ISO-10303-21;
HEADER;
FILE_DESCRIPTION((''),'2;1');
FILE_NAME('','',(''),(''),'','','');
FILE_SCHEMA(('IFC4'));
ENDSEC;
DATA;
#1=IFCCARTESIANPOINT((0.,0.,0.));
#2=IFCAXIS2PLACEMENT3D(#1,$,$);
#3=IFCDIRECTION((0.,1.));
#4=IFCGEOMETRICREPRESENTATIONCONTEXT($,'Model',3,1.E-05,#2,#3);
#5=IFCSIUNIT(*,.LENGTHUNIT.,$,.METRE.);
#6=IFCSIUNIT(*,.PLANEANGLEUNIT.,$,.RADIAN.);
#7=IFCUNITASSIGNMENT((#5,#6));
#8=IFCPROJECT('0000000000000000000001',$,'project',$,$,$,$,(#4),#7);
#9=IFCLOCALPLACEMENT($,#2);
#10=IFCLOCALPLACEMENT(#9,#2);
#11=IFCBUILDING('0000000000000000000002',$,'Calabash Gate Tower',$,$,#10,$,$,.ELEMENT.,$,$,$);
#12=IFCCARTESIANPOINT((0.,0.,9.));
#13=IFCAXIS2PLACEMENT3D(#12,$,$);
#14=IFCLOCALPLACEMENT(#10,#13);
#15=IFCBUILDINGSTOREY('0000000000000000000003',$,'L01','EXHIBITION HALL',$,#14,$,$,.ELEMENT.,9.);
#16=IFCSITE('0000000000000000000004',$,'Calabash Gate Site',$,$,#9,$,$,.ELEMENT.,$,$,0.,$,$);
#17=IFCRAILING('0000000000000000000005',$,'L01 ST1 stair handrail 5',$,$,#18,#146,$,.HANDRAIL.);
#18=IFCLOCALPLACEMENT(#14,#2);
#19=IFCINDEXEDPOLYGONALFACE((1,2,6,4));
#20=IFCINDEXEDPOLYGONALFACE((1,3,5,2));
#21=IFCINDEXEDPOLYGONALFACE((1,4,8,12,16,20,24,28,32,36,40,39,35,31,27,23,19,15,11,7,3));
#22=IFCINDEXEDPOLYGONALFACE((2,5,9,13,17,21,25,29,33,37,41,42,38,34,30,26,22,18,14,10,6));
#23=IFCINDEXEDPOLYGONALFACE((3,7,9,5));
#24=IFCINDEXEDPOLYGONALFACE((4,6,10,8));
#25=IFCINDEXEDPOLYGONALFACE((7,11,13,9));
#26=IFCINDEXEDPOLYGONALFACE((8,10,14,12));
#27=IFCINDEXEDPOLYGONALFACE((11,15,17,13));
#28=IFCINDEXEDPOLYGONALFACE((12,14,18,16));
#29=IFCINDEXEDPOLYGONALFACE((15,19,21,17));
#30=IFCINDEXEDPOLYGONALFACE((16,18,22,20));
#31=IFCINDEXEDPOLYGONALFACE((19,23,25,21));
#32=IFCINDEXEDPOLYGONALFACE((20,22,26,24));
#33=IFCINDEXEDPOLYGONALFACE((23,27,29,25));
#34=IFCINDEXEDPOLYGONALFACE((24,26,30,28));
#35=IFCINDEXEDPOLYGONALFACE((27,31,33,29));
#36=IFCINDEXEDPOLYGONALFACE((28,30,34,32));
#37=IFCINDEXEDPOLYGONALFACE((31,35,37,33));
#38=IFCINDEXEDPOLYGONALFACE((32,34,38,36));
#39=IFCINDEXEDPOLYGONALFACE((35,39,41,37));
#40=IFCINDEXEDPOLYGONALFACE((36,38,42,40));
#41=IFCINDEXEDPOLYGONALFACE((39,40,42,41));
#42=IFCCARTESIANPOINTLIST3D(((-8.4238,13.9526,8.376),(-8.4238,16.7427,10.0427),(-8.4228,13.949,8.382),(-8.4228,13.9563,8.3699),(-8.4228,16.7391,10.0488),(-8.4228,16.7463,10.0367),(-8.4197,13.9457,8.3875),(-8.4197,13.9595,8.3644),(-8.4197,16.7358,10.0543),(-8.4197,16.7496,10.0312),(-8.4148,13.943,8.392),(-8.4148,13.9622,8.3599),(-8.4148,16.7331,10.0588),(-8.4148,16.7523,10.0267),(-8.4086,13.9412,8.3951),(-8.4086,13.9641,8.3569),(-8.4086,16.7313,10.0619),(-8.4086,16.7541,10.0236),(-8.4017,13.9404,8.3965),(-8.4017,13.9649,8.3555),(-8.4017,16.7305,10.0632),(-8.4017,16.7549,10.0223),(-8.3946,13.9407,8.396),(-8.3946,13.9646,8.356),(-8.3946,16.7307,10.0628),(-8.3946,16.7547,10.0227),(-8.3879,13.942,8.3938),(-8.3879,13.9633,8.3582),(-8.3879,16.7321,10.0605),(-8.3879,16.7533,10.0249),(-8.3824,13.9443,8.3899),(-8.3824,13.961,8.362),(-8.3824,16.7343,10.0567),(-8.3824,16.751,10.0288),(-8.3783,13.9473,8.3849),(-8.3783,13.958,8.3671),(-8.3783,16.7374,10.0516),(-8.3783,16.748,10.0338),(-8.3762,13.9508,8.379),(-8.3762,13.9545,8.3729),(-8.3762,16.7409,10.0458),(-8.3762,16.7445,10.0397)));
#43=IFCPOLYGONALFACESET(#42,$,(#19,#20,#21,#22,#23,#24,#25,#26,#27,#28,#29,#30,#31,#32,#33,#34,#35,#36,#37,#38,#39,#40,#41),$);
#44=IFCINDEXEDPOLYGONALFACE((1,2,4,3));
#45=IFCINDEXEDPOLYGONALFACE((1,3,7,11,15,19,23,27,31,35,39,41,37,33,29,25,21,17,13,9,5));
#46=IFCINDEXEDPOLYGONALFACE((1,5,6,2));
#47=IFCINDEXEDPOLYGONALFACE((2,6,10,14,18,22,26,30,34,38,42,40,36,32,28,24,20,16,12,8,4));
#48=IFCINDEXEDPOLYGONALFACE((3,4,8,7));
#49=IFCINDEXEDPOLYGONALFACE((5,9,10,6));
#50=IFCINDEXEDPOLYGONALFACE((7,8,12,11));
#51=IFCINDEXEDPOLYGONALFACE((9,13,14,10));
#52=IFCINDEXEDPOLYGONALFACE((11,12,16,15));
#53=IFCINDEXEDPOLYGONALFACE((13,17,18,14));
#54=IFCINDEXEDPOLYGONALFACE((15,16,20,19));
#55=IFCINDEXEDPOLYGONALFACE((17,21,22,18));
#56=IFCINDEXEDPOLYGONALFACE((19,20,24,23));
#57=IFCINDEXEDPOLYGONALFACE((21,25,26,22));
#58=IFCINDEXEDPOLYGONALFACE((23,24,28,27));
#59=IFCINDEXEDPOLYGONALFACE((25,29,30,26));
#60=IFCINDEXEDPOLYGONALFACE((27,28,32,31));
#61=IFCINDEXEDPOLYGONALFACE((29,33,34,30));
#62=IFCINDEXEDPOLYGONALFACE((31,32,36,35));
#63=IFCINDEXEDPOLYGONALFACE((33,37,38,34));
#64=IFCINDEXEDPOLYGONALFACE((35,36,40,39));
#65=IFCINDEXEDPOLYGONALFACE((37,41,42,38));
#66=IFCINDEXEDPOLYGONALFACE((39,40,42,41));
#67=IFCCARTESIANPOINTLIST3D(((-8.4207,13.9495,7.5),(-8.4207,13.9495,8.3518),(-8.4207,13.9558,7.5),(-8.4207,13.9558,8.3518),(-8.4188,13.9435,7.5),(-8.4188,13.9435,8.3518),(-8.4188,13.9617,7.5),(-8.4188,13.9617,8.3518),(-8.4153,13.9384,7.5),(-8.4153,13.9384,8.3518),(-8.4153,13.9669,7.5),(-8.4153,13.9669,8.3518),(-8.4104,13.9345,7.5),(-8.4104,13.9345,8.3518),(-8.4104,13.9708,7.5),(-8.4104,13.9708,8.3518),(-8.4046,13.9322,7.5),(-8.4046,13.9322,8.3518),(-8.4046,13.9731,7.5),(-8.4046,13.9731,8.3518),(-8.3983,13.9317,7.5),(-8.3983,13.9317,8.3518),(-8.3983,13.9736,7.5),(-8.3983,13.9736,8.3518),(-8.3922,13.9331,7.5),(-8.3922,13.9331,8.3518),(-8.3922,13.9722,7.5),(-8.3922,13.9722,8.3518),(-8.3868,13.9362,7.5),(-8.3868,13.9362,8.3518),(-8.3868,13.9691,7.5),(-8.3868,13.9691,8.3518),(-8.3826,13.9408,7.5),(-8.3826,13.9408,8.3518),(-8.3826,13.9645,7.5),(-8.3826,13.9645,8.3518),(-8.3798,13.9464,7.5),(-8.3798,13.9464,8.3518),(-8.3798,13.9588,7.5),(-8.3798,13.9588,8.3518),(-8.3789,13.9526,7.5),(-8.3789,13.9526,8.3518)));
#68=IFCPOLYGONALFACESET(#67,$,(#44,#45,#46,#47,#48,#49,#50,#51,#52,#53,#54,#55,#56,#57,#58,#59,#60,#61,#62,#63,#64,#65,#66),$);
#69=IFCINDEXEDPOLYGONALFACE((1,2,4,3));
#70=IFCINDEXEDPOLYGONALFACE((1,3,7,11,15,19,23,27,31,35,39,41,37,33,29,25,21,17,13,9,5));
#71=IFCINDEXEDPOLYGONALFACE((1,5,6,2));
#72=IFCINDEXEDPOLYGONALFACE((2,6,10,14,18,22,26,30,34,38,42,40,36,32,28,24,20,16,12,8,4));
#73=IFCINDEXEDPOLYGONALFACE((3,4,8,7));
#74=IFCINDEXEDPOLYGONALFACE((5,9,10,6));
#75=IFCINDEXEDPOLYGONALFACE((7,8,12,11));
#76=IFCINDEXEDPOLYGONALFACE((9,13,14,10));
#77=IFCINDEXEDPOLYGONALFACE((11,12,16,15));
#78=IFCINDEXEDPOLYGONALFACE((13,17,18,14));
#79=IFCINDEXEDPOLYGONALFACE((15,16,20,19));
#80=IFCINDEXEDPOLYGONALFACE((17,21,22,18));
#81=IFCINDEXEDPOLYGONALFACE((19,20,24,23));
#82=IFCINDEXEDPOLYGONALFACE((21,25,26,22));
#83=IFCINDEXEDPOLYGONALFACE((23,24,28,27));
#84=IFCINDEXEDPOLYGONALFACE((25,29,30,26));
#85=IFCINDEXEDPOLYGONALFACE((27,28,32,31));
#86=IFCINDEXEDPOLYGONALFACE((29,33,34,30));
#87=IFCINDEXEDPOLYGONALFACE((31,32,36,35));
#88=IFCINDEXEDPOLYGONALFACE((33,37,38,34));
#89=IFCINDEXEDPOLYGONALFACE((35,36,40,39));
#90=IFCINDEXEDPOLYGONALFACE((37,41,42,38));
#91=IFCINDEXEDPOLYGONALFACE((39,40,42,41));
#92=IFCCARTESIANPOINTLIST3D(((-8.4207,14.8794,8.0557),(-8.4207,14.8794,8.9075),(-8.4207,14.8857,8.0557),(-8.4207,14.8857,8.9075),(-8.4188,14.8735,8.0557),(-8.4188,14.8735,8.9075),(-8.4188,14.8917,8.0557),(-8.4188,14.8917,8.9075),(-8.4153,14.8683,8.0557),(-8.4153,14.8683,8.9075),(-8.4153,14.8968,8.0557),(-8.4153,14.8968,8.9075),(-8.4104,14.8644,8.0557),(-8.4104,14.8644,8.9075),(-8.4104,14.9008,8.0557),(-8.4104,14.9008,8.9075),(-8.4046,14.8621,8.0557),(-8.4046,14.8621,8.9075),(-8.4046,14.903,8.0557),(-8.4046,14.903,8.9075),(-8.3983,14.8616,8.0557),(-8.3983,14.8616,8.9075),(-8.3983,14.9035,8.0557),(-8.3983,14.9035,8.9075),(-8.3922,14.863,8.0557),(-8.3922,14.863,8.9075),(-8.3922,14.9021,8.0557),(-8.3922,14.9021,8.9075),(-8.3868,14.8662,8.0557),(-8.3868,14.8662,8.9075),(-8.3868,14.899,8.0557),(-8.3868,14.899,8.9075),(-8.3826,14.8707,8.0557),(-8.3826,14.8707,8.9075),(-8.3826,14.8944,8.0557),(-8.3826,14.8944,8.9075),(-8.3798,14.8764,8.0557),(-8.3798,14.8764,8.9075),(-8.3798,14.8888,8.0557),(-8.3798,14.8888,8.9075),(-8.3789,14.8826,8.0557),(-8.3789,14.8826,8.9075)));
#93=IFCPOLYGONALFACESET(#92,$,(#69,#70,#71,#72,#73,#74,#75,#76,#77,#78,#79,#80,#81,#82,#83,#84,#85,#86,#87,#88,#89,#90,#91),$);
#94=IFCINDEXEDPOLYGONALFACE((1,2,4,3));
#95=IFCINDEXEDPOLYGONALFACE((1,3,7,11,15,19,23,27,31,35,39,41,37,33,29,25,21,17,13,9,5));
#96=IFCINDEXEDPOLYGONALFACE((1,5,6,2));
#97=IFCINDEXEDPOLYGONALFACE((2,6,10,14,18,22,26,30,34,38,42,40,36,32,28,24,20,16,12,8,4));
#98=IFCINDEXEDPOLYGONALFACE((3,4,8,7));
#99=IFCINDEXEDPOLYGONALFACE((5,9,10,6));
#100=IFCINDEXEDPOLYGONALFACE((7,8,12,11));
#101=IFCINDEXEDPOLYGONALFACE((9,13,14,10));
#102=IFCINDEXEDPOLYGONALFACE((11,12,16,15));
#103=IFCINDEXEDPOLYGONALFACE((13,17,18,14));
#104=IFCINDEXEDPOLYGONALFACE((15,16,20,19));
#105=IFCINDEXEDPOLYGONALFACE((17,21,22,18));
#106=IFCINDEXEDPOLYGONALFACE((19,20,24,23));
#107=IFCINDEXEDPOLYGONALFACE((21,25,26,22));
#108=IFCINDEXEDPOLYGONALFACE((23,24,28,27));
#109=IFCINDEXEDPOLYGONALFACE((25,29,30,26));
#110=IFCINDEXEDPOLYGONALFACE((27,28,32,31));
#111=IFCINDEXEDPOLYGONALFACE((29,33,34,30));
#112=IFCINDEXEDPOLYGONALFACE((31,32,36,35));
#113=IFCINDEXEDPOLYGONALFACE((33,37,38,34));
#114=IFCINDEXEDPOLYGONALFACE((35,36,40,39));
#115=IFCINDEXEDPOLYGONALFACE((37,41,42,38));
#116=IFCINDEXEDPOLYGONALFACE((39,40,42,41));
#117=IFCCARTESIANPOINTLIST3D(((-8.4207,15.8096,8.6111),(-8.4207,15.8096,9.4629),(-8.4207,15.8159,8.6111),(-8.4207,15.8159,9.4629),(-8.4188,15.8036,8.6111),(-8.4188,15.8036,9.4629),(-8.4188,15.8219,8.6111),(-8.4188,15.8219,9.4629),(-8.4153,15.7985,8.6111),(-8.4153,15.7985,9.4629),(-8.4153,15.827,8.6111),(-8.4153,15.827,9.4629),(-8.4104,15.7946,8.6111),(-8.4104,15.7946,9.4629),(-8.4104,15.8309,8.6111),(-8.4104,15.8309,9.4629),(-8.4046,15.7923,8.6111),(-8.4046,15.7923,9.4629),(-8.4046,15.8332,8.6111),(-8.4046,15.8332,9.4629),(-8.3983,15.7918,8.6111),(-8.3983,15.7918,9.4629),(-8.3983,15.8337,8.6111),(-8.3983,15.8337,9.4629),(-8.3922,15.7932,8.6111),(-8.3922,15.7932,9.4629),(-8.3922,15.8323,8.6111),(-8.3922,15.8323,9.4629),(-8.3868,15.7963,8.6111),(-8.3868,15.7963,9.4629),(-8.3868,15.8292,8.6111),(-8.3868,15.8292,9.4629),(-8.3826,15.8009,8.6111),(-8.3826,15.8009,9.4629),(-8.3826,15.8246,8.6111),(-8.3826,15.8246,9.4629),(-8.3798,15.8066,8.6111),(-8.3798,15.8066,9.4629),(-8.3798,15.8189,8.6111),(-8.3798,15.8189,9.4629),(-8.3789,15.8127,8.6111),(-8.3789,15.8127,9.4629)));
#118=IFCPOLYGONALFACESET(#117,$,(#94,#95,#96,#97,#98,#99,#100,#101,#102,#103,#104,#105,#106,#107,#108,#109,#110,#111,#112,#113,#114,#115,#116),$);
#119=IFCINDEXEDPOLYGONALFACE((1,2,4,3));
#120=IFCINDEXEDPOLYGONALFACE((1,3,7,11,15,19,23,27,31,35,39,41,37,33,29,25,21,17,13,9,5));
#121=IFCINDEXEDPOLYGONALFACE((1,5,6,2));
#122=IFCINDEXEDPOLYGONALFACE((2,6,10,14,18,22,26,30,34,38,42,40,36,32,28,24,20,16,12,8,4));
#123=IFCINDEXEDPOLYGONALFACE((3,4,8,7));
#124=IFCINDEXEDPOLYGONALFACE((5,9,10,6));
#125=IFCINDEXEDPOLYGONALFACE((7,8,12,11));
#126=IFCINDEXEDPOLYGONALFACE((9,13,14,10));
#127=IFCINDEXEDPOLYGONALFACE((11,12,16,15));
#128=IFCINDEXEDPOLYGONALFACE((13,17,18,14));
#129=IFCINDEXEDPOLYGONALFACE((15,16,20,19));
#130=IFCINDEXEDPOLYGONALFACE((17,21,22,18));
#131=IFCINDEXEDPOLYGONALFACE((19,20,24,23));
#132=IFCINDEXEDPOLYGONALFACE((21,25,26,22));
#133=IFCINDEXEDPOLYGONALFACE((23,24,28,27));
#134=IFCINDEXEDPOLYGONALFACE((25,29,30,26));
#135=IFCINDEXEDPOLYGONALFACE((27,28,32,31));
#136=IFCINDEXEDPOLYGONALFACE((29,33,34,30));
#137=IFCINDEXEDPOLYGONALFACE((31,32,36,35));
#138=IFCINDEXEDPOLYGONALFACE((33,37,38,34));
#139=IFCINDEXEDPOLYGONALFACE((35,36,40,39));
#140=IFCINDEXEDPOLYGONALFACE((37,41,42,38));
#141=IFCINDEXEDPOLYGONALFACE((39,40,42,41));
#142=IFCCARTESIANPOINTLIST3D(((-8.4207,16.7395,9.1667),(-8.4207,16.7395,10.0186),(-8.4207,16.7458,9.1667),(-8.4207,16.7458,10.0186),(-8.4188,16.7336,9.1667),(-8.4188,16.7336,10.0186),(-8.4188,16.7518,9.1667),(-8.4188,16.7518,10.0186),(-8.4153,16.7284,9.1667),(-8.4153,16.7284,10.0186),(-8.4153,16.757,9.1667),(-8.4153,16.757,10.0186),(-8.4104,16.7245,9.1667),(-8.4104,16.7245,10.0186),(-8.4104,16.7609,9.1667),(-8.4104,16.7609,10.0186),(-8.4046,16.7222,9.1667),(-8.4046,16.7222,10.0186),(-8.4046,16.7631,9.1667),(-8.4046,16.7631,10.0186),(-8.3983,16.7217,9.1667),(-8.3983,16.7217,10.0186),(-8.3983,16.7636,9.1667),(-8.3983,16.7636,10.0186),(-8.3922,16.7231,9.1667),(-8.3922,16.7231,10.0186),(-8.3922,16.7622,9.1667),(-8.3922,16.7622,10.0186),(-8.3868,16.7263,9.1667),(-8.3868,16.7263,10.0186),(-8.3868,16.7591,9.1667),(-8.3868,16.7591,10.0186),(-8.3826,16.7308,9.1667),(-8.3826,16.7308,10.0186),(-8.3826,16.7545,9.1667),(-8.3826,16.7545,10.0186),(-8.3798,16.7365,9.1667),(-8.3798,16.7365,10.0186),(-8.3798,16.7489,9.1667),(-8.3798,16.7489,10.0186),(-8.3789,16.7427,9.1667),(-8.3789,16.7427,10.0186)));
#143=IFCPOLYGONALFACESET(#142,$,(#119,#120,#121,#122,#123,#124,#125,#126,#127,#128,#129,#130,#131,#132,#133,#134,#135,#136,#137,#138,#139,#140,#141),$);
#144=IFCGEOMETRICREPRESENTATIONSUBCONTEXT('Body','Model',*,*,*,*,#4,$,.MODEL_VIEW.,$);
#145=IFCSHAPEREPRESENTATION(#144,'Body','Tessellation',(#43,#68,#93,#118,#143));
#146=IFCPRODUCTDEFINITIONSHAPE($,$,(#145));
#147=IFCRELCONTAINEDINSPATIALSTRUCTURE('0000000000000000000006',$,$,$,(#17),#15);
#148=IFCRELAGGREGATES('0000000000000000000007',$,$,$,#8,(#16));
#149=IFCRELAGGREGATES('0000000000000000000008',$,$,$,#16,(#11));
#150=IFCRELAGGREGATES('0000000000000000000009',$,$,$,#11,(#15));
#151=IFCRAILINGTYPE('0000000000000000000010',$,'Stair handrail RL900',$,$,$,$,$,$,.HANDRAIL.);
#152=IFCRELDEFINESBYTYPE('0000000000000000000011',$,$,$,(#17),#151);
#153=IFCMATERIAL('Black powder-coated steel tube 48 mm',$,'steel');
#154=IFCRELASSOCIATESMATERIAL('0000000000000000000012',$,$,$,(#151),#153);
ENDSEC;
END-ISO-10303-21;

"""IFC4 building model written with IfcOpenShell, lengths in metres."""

from ifc_helpers import new_model, si_unit, direction, frame, origin, origin_2d, place, context, subcontext, project, spatial, circle, extrude, material, type_object, element, save


model = new_model("IFC4")

# Units and contexts
model_context = context("Model", 3, precision=1e-05, world=origin(), true_north=direction((0.0, 1.0)))
body_context = subcontext(model_context, "Body", "Model", "MODEL_VIEW")
ifc_project = project(units=[si_unit("LENGTHUNIT", "METRE"), si_unit("PLANEANGLEUNIT", "RADIAN")], contexts=[model_context])

# Site, building, storey
site_placement = place(None, origin())
site = spatial("IfcSite", under=ifc_project, at=site_placement, Name="Calabash Gate Site", CompositionType="ELEMENT", RefElevation=0.0)
building_placement = place(site_placement, origin())
building = spatial("IfcBuilding", under=site, at=building_placement, Name="Calabash Gate Tower", CompositionType="ELEMENT")
storey_placement = place(building_placement, frame((0.0, 0.0, 9.0)))
storey = spatial("IfcBuildingStorey", under=building, at=storey_placement, Name="L01", Description="EXHIBITION HALL", CompositionType="ELEMENT", Elevation=9.0)

# Railing
ifc_material_1 = material(Name="Black powder-coated steel tube 48 mm", Category="steel")
railing_type_1 = type_object("IfcRailingType", Name="Stair handrail RL900", PredefinedType="HANDRAIL", material=ifc_material_1)
railing_1_placement = place(storey_placement, frame((-8.3999, 13.9526, 7.5)))
element("IfcRailing", 1, at=railing_1_placement, inside=storey, type_object=railing_type_1, Name="L01 ST1 stair handrail 5", PredefinedType="HANDRAIL", context=body_context, shape_type="SweptSolid", body=[
    extrude(circle(Radius=0.0239, at=origin_2d()), frame((0.0, 0.0, 0.876), z_axis=(0.0, 0.858479, 0.512849), x_axis=(-1.0, 0.0, 0.0)), (0.0, 0.0, 1.0), 3.25),
    extrude(circle(Radius=0.021, at=origin_2d()), origin(), (0.0, 0.0, 1.0), 0.8518),
    extrude(circle(Radius=0.021, at=origin_2d()), frame((0.0, 0.9299, 0.5557)), (0.0, 0.0, 1.0), 0.8518),
    extrude(circle(Radius=0.021, at=origin_2d()), frame((0.0, 1.8601, 1.1111)), (0.0, 0.0, 1.0), 0.8518),
    extrude(circle(Radius=0.021, at=origin_2d()), frame((0.0, 2.79, 1.6667)), (0.0, 0.0, 1.0), 0.8518),
])

save(model, "model.ifc")
